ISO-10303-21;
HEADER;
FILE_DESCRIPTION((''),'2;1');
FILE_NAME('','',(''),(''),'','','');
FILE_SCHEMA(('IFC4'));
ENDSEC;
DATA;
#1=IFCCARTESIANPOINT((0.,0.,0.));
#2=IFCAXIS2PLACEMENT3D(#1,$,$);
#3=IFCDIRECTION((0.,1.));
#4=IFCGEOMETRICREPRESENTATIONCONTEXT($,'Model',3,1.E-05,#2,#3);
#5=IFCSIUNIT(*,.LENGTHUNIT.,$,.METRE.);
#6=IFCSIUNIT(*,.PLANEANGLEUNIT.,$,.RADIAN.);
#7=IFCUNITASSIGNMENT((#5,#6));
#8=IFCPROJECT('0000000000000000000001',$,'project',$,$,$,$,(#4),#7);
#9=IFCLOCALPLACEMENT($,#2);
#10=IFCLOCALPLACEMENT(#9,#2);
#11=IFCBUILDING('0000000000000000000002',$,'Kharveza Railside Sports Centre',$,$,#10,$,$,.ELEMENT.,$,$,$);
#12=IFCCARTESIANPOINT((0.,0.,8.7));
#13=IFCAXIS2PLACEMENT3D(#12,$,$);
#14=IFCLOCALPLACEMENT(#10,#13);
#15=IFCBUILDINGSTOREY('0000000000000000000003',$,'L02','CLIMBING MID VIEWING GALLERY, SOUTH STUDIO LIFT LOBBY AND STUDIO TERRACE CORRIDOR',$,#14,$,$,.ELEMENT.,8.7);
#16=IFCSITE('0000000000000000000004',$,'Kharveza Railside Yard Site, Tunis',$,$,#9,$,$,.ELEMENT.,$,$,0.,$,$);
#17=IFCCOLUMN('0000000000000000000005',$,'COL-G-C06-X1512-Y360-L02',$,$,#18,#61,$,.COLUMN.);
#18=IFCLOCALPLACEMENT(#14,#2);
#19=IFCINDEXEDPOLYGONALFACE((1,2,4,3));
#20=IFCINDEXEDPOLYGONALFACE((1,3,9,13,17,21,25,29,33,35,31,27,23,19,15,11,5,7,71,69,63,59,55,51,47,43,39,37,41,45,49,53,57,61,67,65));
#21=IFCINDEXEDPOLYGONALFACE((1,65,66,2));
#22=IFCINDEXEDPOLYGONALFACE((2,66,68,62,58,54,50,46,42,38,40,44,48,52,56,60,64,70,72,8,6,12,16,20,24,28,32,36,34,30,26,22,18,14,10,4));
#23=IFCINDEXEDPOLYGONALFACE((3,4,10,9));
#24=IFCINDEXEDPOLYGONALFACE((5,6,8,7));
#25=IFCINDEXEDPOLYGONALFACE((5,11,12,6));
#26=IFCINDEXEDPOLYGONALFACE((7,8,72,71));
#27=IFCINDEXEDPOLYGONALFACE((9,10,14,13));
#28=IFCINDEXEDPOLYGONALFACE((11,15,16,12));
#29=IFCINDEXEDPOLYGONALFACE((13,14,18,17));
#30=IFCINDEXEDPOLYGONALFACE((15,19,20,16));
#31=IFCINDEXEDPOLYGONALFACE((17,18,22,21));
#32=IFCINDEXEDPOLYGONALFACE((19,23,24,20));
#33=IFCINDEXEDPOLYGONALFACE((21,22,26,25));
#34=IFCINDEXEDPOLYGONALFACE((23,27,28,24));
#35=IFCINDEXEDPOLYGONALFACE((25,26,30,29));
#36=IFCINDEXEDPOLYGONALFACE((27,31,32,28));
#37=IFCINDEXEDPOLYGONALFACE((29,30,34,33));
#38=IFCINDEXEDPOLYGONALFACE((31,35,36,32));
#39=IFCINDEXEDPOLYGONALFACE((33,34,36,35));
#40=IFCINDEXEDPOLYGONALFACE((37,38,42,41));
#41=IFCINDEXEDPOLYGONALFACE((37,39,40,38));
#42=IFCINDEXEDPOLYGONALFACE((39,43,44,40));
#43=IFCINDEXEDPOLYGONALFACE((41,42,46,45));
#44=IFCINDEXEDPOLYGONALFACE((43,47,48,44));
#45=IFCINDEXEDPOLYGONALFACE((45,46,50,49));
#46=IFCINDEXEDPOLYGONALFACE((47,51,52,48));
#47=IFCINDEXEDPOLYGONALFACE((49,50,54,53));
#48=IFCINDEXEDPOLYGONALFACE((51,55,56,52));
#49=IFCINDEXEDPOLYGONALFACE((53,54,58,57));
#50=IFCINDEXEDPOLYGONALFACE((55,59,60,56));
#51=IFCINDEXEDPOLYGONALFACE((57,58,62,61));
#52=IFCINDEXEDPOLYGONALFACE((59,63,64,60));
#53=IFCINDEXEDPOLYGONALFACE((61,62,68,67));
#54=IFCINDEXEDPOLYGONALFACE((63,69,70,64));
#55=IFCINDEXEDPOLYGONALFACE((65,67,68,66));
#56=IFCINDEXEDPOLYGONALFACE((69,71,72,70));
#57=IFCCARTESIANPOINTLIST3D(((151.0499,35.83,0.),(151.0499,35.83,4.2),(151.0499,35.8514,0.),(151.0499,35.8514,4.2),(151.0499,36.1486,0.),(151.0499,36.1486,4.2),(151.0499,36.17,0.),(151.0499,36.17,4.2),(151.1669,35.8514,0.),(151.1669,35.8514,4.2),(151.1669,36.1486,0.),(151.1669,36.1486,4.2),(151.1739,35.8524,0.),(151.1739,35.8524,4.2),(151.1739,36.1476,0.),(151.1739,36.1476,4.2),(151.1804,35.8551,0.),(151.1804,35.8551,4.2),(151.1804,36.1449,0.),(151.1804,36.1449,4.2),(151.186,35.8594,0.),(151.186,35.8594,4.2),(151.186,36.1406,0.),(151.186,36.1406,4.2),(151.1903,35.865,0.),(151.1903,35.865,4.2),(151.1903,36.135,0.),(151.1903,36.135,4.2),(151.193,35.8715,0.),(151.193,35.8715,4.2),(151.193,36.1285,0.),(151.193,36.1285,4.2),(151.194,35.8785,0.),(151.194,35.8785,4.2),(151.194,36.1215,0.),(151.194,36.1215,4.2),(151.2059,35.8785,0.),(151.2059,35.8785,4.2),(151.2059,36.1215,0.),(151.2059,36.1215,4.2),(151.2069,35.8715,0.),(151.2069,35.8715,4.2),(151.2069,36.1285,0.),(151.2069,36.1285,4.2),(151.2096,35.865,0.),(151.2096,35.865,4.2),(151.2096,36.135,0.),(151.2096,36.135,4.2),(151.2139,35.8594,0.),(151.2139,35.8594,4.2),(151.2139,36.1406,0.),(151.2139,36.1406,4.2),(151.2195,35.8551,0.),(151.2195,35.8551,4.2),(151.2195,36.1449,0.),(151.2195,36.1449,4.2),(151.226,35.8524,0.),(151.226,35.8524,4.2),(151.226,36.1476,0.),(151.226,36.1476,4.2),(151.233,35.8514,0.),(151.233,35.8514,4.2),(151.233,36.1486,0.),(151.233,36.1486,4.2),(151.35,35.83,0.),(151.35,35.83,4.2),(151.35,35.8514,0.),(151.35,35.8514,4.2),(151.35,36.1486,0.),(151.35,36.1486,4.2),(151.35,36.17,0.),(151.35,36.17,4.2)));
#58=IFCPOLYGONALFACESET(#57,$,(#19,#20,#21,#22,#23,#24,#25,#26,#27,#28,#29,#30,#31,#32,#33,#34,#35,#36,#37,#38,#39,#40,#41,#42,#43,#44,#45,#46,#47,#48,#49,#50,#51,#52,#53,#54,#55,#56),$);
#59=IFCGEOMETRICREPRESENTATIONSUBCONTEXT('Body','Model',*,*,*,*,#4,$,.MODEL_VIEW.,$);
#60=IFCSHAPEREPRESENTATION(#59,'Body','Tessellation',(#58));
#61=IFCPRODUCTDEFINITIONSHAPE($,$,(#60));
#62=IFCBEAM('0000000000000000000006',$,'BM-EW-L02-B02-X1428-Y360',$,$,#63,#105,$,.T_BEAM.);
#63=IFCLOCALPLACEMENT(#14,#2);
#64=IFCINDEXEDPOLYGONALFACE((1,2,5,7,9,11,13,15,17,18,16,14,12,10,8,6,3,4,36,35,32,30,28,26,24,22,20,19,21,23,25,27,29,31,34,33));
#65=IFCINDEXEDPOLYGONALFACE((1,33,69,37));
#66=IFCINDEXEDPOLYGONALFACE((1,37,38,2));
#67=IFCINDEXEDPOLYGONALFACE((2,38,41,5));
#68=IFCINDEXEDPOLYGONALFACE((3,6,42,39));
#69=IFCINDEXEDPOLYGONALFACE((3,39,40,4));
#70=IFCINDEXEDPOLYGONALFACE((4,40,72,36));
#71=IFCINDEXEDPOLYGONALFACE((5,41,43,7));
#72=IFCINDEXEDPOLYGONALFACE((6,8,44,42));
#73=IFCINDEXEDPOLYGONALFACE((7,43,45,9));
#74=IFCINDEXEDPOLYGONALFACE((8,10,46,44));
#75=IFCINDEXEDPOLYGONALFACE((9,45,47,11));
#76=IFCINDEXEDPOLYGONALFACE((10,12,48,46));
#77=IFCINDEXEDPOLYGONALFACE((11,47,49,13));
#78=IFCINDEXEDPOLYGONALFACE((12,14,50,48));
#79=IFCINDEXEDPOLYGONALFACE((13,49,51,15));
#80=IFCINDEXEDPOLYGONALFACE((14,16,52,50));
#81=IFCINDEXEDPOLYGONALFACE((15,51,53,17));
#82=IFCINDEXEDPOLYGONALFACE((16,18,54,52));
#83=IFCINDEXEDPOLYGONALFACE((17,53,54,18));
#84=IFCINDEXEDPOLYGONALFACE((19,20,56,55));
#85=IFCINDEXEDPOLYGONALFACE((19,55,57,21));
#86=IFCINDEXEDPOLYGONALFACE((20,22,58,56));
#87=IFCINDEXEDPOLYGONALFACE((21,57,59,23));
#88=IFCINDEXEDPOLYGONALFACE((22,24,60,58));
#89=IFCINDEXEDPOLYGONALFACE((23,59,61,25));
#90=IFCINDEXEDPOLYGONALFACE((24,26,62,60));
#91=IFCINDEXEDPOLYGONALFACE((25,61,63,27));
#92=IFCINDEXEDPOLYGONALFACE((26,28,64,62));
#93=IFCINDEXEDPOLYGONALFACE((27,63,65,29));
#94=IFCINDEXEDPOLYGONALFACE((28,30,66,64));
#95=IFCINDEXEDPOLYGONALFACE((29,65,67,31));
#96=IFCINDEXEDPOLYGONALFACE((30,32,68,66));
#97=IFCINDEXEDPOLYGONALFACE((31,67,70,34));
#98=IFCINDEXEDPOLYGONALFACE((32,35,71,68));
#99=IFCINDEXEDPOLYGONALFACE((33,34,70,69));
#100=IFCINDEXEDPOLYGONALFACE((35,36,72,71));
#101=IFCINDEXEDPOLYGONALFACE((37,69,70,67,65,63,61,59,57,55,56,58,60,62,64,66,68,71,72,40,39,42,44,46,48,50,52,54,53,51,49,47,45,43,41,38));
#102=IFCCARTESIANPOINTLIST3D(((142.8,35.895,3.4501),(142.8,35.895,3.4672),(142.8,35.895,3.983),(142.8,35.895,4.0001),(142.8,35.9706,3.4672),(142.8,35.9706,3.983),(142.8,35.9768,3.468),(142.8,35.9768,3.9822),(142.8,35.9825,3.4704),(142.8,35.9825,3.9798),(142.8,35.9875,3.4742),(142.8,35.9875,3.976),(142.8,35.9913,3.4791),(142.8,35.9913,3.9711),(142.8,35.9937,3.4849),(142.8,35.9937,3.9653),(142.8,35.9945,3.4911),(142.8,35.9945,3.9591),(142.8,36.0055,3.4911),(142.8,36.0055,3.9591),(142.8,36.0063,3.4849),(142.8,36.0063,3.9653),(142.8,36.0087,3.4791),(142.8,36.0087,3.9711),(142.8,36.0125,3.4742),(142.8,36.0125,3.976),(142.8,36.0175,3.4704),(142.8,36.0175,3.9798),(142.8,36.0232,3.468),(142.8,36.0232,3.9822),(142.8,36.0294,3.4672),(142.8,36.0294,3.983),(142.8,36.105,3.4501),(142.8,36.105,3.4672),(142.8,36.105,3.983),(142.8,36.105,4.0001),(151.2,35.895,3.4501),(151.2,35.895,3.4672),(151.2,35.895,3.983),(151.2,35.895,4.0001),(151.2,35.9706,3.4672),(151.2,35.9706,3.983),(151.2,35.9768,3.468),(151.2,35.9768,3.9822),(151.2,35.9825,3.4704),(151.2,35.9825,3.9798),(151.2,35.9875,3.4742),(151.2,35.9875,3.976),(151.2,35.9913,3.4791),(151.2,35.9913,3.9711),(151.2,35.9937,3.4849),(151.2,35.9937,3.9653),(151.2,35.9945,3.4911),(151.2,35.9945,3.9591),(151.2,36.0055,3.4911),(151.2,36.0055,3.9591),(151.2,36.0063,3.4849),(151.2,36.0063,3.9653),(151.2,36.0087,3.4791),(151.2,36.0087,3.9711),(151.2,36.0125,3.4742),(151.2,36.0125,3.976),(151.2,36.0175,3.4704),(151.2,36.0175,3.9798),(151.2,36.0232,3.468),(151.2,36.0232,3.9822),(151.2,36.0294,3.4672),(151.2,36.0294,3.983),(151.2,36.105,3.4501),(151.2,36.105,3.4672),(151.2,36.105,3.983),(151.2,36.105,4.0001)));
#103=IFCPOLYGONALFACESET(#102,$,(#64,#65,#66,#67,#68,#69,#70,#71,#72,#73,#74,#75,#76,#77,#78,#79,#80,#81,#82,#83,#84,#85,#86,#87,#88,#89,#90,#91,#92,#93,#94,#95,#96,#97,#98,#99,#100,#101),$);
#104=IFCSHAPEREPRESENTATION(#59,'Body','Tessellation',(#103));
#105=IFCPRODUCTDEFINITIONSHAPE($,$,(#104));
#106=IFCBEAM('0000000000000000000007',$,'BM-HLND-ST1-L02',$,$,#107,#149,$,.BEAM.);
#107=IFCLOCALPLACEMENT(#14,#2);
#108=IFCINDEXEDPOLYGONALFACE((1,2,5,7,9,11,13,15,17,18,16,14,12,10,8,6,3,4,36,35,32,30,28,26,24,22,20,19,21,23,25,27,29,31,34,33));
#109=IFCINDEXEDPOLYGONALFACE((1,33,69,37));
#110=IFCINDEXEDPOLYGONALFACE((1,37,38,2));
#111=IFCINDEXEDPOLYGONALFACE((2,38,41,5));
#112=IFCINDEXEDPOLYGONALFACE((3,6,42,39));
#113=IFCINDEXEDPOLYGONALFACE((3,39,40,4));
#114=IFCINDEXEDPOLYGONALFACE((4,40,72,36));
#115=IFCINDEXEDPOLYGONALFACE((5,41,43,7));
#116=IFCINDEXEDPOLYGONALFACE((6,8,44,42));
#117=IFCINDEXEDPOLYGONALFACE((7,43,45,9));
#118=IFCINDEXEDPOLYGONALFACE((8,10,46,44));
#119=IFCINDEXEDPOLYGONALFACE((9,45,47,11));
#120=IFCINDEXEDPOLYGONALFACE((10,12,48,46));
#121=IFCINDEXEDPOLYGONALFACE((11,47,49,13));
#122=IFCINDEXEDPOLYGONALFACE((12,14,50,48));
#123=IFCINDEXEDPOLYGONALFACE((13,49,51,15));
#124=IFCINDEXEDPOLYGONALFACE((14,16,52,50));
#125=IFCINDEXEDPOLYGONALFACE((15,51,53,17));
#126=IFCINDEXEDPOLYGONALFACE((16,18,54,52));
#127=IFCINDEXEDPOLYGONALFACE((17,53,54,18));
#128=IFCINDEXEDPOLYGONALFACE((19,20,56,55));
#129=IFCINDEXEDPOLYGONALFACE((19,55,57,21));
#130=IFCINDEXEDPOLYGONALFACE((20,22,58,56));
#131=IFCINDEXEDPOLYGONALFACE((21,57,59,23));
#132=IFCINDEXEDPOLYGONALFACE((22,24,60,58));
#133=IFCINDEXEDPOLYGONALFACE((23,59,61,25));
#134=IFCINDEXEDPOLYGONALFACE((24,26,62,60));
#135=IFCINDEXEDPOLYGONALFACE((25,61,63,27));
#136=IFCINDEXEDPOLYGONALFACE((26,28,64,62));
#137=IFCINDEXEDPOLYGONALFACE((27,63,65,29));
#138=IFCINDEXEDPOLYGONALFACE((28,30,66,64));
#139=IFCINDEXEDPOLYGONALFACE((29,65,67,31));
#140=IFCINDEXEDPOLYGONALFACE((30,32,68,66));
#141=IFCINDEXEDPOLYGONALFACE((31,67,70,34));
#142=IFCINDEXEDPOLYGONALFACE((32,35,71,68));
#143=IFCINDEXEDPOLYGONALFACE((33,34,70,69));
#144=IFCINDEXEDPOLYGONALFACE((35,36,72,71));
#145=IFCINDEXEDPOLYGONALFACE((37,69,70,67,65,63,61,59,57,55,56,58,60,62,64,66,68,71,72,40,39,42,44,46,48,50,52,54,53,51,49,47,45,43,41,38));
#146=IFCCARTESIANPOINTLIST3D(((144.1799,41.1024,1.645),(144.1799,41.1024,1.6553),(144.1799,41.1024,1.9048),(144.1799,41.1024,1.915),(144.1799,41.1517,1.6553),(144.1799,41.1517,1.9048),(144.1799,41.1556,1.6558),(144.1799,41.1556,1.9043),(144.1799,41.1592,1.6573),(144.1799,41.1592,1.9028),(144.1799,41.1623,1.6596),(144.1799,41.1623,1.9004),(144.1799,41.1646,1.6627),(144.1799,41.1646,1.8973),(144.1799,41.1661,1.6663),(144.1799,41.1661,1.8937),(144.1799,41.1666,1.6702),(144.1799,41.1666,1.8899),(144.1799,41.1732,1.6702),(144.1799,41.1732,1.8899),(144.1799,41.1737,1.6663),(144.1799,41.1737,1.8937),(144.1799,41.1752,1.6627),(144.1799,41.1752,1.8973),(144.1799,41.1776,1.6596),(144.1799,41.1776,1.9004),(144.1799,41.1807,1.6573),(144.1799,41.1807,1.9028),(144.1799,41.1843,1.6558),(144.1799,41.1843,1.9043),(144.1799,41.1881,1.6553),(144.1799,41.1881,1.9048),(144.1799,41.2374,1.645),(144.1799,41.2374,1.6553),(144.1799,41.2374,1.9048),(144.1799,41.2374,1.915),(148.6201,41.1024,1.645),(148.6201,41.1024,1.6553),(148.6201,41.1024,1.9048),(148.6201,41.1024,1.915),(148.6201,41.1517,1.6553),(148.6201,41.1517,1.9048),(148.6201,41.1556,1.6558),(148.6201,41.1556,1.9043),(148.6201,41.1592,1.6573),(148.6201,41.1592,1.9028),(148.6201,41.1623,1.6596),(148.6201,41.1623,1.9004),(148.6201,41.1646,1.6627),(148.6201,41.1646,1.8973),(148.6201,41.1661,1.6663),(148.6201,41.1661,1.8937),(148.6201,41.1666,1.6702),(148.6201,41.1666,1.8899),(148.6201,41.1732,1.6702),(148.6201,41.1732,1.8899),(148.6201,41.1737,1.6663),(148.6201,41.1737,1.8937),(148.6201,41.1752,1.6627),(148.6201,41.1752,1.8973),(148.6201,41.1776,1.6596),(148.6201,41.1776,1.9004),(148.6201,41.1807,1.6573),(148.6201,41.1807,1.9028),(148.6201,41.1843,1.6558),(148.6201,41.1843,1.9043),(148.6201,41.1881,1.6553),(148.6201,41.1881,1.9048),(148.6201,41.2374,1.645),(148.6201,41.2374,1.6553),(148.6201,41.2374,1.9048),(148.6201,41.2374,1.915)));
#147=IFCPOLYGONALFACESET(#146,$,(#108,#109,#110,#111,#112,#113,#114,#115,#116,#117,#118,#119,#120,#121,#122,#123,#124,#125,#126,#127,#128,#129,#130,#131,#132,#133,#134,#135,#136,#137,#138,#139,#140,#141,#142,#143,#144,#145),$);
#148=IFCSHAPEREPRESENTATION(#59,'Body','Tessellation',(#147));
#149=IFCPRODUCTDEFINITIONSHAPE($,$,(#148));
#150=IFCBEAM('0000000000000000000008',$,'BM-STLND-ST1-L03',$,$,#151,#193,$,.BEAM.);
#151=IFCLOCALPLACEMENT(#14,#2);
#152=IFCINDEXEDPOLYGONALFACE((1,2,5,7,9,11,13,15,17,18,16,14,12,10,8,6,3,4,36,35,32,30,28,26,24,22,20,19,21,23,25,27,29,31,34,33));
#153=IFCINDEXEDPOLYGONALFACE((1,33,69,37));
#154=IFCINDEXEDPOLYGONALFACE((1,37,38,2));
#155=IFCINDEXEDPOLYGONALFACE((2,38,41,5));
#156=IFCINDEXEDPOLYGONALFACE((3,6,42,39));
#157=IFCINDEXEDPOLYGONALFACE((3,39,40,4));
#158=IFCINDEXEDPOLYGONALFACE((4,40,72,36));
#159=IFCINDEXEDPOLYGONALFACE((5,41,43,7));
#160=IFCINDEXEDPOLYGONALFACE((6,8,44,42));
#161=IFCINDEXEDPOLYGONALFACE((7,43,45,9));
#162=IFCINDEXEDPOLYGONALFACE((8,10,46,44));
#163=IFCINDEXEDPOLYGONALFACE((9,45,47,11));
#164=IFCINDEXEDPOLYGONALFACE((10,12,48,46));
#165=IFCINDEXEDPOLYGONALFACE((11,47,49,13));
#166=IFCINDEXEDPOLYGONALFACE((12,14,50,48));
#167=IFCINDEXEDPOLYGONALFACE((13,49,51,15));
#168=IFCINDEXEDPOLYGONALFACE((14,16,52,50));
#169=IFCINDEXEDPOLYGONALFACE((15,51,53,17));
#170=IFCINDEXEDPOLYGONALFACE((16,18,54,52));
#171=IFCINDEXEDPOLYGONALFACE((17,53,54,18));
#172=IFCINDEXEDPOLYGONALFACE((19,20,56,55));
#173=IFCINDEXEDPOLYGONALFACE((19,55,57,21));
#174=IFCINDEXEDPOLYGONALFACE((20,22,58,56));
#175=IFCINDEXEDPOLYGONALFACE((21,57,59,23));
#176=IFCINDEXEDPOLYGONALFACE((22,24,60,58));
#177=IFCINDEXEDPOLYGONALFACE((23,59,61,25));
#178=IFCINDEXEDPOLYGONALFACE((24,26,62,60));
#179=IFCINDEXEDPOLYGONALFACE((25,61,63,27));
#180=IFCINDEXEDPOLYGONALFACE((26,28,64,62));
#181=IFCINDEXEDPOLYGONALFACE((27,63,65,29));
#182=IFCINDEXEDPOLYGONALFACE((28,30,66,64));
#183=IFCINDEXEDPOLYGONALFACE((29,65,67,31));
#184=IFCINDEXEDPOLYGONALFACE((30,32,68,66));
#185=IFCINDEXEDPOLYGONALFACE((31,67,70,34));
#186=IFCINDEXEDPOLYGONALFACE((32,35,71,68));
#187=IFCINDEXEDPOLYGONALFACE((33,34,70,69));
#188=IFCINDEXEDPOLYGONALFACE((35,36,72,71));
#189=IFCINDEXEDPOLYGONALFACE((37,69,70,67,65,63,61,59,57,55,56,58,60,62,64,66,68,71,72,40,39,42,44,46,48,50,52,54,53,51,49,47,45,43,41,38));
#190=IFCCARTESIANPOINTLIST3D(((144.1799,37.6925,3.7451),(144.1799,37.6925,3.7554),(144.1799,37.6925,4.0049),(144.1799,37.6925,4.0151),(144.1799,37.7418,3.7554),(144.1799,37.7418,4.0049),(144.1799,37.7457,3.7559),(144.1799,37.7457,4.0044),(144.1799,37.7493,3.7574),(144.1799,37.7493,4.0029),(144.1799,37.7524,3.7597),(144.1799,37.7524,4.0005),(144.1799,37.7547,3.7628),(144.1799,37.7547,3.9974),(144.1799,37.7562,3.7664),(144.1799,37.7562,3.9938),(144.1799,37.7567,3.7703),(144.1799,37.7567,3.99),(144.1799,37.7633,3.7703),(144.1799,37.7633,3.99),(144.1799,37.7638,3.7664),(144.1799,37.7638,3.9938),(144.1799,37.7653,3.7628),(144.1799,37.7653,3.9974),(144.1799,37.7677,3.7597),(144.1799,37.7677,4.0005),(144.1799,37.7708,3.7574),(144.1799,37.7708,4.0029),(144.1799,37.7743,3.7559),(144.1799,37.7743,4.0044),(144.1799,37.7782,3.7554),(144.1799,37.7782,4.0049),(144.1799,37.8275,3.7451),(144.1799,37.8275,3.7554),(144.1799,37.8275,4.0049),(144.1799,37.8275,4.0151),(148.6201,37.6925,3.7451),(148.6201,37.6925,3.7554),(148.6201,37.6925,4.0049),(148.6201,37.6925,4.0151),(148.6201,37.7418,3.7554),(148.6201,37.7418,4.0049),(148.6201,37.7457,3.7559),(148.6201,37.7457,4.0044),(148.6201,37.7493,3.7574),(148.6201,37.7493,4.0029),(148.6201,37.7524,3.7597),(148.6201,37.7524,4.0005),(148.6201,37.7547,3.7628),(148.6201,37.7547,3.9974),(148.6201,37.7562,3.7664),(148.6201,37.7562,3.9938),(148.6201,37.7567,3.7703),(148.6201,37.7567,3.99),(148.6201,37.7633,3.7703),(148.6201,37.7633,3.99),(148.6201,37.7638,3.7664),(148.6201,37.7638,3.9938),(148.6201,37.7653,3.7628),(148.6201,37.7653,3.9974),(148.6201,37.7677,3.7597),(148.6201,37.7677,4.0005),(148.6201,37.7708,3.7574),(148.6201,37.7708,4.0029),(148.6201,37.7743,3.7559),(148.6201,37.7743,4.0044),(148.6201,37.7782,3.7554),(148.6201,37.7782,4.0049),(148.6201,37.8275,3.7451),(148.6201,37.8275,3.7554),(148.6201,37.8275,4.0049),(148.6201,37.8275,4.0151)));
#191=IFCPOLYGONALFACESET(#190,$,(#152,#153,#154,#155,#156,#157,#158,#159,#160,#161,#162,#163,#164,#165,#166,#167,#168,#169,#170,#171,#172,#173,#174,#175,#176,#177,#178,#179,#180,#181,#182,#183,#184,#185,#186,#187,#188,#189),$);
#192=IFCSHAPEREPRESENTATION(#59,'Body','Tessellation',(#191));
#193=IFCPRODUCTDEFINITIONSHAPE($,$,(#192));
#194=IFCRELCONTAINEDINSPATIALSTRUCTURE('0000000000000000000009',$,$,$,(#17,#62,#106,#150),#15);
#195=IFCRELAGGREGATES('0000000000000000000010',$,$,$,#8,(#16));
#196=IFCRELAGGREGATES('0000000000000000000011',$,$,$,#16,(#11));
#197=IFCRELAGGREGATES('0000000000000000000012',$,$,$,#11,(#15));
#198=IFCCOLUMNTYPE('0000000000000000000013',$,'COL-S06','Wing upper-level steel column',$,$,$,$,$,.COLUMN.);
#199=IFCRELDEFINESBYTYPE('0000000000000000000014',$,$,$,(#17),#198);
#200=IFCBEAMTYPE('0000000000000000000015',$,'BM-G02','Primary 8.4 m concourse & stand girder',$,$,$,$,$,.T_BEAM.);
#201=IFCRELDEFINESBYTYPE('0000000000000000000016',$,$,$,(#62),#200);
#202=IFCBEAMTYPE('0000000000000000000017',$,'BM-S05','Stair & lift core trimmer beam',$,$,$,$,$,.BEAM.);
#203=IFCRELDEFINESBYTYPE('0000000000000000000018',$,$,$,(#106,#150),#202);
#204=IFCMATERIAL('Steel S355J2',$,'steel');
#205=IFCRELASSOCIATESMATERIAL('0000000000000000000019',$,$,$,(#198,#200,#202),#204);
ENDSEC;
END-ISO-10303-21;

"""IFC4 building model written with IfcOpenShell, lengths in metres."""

from ifc_helpers import new_model, si_unit, direction, frame, origin, origin_2d, place, context, subcontext, project, spatial, i_section, extrude, material, material_profile, profile_set, type_object, element, save


model = new_model("IFC4")

# Units and contexts
model_context = context("Model", 3, precision=1e-05, world=origin(), true_north=direction((0.0, 1.0)))
body_context = subcontext(model_context, "Body", "Model", "MODEL_VIEW")
ifc_project = project(units=[si_unit("LENGTHUNIT", "METRE"), si_unit("PLANEANGLEUNIT", "RADIAN")], contexts=[model_context])

# Site, building, storey
site_placement = place(None, origin())
site = spatial("IfcSite", under=ifc_project, at=site_placement, Name="Kharveza Railside Yard Site, Tunis", CompositionType="ELEMENT", RefElevation=0.0)
building_placement = place(site_placement, origin())
building = spatial("IfcBuilding", under=site, at=building_placement, Name="Kharveza Railside Sports Centre", CompositionType="ELEMENT")
storey_placement = place(building_placement, frame((0.0, 0.0, 8.7)))
storey = spatial("IfcBuildingStorey", under=building, at=storey_placement, Name="L02", Description="CLIMBING MID VIEWING GALLERY, SOUTH STUDIO LIFT LOBBY AND STUDIO TERRACE CORRIDOR", CompositionType="ELEMENT", Elevation=8.7)

# Column
ifc_material_1 = material(Name="Steel S355J2", Category="steel")
ifc_material_profile_1 = material_profile(ifc_material_1, i_section(OverallWidth=0.3, OverallDepth=0.3401, WebThickness=0.012, FlangeThickness=0.0215, FilletRadius=0.0271, at=origin_2d()), Name="HEB 340")
ifc_profile_set_1 = profile_set([ifc_material_profile_1], Name="Steel S355J2")
column_type = type_object("IfcColumnType", Name="COL-S06", Description="Wing upper-level steel column", PredefinedType="COLUMN", material=ifc_profile_set_1)
column_placement = place(storey_placement, frame((151.2, 36.0, 0.0), z_axis=(0.0, 0.0, 1.0), x_axis=(1.0, 0.0, 0.0)))
element("IfcColumn", 1, at=column_placement, inside=storey, type_object=column_type, Name="COL-G-C06-X1512-Y360-L02", PredefinedType="COLUMN", context=body_context, shape_type="SweptSolid", body=[
    extrude(i_section(OverallWidth=0.3, OverallDepth=0.3401, WebThickness=0.012, FlangeThickness=0.0215, FilletRadius=0.0271, at=origin_2d()), origin(), (0.0, 0.0, 1.0), 4.2),
])

# Beams
ifc_material_profile_2 = material_profile(ifc_material_1, i_section(OverallWidth=0.21, OverallDepth=0.55, WebThickness=0.011, FlangeThickness=0.0171, FilletRadius=0.0239, at=origin_2d()), Name="IPE 550")
ifc_profile_set_2 = profile_set([ifc_material_profile_2], Name="Steel S355J2")
beam_type_1 = type_object("IfcBeamType", Name="BM-G02", Description="Primary 8.4 m concourse & stand girder", PredefinedType="T_BEAM", material=ifc_profile_set_2)
beam_1_placement = place(storey_placement, frame((142.8, 36.0, 3.7251), z_axis=(1.0, 0.0, 0.0), x_axis=(0.0, 1.0, 0.0)))
element("IfcBeam", 2, at=beam_1_placement, inside=storey, type_object=beam_type_1, Name="BM-EW-L02-B02-X1428-Y360", PredefinedType="T_BEAM", context=body_context, shape_type="SweptSolid", body=[
    extrude(i_section(OverallWidth=0.21, OverallDepth=0.55, WebThickness=0.011, FlangeThickness=0.0171, FilletRadius=0.0239, at=origin_2d()), origin(), (0.0, 0.0, 1.0), 8.3999),
])
ifc_material_profile_3 = material_profile(ifc_material_1, i_section(OverallWidth=0.135, OverallDepth=0.27, WebThickness=0.0066, FlangeThickness=0.0103, FilletRadius=0.0149, at=origin_2d()), Name="IPE 270")
ifc_profile_set_3 = profile_set([ifc_material_profile_3], Name="Steel S355J2")
beam_type_2 = type_object("IfcBeamType", Name="BM-S05", Description="Stair & lift core trimmer beam", PredefinedType="BEAM", material=ifc_profile_set_3)
for number, where, z_axis, x_axis, name in (
    (3, (144.1799, 41.1699, 1.78), (1.0, 0.0, 0.0), (0.0, 1.0, 0.0), "BM-HLND-ST1-L02"),
    (4, (144.1799, 37.76, 3.8801), (1.0, 0.0, 0.0), (0.0, 1.0, 0.0), "BM-STLND-ST1-L03"),
):
    element("IfcBeam", number, at=place(storey_placement, frame(where, z_axis=z_axis, x_axis=x_axis)), inside=storey, type_object=beam_type_2, Name=name, PredefinedType="BEAM", context=body_context, shape_type="SweptSolid", body=[
        extrude(i_section(OverallWidth=0.135, OverallDepth=0.27, WebThickness=0.0066, FlangeThickness=0.0103, FilletRadius=0.0149, at=origin_2d()), origin(), (0.0, 0.0, 1.0), 4.4402),
    ])

save(model, "model.ifc")
